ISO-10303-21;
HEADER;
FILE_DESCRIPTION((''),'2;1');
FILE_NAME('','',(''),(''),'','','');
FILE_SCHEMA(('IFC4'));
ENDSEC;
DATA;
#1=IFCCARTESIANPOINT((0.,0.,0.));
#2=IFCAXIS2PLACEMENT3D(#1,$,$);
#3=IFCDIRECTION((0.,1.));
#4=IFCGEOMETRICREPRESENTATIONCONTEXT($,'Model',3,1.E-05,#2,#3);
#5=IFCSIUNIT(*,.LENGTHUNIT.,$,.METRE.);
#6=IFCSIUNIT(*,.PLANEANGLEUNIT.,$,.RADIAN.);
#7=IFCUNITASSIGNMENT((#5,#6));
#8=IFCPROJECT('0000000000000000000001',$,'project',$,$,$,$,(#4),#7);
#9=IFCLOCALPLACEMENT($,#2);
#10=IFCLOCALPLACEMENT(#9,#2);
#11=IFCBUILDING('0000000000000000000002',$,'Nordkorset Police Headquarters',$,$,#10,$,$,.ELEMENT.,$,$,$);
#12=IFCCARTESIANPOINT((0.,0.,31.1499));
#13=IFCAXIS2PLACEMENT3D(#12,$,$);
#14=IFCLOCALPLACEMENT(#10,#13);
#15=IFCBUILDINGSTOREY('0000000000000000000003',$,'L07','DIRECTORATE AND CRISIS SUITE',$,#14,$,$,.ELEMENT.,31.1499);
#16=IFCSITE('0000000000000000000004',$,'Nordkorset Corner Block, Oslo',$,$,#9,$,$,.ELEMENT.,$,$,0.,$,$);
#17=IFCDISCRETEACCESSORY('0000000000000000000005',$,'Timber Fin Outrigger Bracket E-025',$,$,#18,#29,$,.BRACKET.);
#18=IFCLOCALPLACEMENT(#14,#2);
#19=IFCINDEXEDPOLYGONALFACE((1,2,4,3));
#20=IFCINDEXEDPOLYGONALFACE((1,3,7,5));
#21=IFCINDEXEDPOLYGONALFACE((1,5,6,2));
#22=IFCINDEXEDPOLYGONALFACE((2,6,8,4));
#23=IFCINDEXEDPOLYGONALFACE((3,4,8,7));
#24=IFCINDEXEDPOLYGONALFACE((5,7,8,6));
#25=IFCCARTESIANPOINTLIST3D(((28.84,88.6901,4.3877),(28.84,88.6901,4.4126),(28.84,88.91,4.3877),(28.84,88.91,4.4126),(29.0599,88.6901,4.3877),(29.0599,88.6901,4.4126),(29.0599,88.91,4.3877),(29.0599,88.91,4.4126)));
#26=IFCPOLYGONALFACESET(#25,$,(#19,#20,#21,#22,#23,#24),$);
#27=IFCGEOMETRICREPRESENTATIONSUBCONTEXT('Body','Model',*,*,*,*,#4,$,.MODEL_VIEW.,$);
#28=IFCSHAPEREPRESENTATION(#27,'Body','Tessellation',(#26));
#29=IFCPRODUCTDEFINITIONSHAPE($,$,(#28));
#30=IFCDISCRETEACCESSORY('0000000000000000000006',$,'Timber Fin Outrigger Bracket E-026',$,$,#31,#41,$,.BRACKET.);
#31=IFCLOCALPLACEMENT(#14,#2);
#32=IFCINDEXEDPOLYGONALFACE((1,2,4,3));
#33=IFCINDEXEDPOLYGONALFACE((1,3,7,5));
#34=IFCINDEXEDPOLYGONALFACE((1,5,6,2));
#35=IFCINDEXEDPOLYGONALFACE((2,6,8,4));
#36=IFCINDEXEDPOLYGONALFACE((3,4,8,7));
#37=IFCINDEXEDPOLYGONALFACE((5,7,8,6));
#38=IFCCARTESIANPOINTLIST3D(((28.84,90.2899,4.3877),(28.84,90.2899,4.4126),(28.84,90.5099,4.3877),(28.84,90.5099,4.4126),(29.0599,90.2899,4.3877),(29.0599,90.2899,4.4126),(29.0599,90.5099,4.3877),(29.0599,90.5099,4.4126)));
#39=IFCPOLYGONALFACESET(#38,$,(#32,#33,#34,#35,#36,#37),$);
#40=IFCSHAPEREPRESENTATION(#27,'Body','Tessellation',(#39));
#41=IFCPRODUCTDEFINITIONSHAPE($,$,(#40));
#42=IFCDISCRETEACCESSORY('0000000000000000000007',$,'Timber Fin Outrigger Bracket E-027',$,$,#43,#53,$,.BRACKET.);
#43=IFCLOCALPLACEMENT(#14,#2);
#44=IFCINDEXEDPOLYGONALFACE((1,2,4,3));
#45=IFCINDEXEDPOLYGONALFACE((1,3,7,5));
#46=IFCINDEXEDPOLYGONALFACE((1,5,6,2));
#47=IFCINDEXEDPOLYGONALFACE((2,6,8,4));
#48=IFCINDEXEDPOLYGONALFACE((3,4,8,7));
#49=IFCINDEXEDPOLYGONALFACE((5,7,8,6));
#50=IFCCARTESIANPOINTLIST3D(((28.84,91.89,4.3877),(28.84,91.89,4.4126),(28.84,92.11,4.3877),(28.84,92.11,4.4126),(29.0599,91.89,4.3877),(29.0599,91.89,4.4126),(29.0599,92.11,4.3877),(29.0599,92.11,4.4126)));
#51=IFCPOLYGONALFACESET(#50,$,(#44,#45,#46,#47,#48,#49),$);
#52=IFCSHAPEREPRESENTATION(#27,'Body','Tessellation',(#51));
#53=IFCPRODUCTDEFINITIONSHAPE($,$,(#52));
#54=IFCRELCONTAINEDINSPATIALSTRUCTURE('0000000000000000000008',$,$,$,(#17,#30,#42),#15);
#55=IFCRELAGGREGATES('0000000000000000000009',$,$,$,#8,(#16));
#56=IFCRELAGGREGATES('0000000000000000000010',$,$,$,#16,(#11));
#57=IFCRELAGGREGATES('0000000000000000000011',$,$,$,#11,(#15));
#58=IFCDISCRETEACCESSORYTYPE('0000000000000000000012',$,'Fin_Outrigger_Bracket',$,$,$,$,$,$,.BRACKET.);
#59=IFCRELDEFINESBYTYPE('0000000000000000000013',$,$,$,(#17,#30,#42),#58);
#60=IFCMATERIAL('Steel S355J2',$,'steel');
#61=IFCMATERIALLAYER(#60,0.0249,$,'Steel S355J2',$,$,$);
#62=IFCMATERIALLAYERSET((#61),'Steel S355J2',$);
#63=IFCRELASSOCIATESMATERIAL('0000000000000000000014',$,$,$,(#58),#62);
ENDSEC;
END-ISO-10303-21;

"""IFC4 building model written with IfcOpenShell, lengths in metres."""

from ifc_helpers import new_model, si_unit, direction, frame, origin, origin_2d, place, context, subcontext, project, spatial, rectangle, extrude, material, layer, layer_set, type_object, element, save


model = new_model("IFC4")

# Units and contexts
model_context = context("Model", 3, precision=1e-05, world=origin(), true_north=direction((0.0, 1.0)))
body_context = subcontext(model_context, "Body", "Model", "MODEL_VIEW")
ifc_project = project(units=[si_unit("LENGTHUNIT", "METRE"), si_unit("PLANEANGLEUNIT", "RADIAN")], contexts=[model_context])

# Site, building, storey
site_placement = place(None, origin())
site = spatial("IfcSite", under=ifc_project, at=site_placement, Name="Nordkorset Corner Block, Oslo", CompositionType="ELEMENT", RefElevation=0.0)
building_placement = place(site_placement, origin())
building = spatial("IfcBuilding", under=site, at=building_placement, Name="Nordkorset Police Headquarters", CompositionType="ELEMENT")
storey_placement = place(building_placement, frame((0.0, 0.0, 31.1499)))
storey = spatial("IfcBuildingStorey", under=building, at=storey_placement, Name="L07", Description="DIRECTORATE AND CRISIS SUITE", CompositionType="ELEMENT", Elevation=31.1499)

# Discrete accessories
ifc_material_1 = material(Name="Steel S355J2", Category="steel")
ifc_layer_1 = layer(ifc_material_1, 0.0249, Name="Steel S355J2")
ifc_layer_set_1 = layer_set([ifc_layer_1], Name="Steel S355J2")
discrete_accessory_type = type_object("IfcDiscreteAccessoryType", Name="Fin_Outrigger_Bracket", PredefinedType="BRACKET", material=ifc_layer_set_1)
for number, where, z_axis, x_axis, name in (
    (1, (28.95, 88.8, 4.3877), (0.0, 0.0, 1.0), (1.0, 0.0, 0.0), "Timber Fin Outrigger Bracket E-025"),
    (2, (28.95, 90.3999, 4.3877), (0.0, 0.0, 1.0), (1.0, 0.0, 0.0), "Timber Fin Outrigger Bracket E-026"),
    (3, (28.95, 92.0, 4.3877), (0.0, 0.0, 1.0), (1.0, 0.0, 0.0), "Timber Fin Outrigger Bracket E-027"),
):
    element("IfcDiscreteAccessory", number, at=place(storey_placement, frame(where, z_axis=z_axis, x_axis=x_axis)), inside=storey, type_object=discrete_accessory_type, Name=name, PredefinedType="BRACKET", context=body_context, shape_type="SweptSolid", body=[
        extrude(rectangle(XDim=0.22, YDim=0.22, at=origin_2d()), origin(), (0.0, 0.0, 1.0), 0.0249),
    ])

save(model, "model.ifc")
